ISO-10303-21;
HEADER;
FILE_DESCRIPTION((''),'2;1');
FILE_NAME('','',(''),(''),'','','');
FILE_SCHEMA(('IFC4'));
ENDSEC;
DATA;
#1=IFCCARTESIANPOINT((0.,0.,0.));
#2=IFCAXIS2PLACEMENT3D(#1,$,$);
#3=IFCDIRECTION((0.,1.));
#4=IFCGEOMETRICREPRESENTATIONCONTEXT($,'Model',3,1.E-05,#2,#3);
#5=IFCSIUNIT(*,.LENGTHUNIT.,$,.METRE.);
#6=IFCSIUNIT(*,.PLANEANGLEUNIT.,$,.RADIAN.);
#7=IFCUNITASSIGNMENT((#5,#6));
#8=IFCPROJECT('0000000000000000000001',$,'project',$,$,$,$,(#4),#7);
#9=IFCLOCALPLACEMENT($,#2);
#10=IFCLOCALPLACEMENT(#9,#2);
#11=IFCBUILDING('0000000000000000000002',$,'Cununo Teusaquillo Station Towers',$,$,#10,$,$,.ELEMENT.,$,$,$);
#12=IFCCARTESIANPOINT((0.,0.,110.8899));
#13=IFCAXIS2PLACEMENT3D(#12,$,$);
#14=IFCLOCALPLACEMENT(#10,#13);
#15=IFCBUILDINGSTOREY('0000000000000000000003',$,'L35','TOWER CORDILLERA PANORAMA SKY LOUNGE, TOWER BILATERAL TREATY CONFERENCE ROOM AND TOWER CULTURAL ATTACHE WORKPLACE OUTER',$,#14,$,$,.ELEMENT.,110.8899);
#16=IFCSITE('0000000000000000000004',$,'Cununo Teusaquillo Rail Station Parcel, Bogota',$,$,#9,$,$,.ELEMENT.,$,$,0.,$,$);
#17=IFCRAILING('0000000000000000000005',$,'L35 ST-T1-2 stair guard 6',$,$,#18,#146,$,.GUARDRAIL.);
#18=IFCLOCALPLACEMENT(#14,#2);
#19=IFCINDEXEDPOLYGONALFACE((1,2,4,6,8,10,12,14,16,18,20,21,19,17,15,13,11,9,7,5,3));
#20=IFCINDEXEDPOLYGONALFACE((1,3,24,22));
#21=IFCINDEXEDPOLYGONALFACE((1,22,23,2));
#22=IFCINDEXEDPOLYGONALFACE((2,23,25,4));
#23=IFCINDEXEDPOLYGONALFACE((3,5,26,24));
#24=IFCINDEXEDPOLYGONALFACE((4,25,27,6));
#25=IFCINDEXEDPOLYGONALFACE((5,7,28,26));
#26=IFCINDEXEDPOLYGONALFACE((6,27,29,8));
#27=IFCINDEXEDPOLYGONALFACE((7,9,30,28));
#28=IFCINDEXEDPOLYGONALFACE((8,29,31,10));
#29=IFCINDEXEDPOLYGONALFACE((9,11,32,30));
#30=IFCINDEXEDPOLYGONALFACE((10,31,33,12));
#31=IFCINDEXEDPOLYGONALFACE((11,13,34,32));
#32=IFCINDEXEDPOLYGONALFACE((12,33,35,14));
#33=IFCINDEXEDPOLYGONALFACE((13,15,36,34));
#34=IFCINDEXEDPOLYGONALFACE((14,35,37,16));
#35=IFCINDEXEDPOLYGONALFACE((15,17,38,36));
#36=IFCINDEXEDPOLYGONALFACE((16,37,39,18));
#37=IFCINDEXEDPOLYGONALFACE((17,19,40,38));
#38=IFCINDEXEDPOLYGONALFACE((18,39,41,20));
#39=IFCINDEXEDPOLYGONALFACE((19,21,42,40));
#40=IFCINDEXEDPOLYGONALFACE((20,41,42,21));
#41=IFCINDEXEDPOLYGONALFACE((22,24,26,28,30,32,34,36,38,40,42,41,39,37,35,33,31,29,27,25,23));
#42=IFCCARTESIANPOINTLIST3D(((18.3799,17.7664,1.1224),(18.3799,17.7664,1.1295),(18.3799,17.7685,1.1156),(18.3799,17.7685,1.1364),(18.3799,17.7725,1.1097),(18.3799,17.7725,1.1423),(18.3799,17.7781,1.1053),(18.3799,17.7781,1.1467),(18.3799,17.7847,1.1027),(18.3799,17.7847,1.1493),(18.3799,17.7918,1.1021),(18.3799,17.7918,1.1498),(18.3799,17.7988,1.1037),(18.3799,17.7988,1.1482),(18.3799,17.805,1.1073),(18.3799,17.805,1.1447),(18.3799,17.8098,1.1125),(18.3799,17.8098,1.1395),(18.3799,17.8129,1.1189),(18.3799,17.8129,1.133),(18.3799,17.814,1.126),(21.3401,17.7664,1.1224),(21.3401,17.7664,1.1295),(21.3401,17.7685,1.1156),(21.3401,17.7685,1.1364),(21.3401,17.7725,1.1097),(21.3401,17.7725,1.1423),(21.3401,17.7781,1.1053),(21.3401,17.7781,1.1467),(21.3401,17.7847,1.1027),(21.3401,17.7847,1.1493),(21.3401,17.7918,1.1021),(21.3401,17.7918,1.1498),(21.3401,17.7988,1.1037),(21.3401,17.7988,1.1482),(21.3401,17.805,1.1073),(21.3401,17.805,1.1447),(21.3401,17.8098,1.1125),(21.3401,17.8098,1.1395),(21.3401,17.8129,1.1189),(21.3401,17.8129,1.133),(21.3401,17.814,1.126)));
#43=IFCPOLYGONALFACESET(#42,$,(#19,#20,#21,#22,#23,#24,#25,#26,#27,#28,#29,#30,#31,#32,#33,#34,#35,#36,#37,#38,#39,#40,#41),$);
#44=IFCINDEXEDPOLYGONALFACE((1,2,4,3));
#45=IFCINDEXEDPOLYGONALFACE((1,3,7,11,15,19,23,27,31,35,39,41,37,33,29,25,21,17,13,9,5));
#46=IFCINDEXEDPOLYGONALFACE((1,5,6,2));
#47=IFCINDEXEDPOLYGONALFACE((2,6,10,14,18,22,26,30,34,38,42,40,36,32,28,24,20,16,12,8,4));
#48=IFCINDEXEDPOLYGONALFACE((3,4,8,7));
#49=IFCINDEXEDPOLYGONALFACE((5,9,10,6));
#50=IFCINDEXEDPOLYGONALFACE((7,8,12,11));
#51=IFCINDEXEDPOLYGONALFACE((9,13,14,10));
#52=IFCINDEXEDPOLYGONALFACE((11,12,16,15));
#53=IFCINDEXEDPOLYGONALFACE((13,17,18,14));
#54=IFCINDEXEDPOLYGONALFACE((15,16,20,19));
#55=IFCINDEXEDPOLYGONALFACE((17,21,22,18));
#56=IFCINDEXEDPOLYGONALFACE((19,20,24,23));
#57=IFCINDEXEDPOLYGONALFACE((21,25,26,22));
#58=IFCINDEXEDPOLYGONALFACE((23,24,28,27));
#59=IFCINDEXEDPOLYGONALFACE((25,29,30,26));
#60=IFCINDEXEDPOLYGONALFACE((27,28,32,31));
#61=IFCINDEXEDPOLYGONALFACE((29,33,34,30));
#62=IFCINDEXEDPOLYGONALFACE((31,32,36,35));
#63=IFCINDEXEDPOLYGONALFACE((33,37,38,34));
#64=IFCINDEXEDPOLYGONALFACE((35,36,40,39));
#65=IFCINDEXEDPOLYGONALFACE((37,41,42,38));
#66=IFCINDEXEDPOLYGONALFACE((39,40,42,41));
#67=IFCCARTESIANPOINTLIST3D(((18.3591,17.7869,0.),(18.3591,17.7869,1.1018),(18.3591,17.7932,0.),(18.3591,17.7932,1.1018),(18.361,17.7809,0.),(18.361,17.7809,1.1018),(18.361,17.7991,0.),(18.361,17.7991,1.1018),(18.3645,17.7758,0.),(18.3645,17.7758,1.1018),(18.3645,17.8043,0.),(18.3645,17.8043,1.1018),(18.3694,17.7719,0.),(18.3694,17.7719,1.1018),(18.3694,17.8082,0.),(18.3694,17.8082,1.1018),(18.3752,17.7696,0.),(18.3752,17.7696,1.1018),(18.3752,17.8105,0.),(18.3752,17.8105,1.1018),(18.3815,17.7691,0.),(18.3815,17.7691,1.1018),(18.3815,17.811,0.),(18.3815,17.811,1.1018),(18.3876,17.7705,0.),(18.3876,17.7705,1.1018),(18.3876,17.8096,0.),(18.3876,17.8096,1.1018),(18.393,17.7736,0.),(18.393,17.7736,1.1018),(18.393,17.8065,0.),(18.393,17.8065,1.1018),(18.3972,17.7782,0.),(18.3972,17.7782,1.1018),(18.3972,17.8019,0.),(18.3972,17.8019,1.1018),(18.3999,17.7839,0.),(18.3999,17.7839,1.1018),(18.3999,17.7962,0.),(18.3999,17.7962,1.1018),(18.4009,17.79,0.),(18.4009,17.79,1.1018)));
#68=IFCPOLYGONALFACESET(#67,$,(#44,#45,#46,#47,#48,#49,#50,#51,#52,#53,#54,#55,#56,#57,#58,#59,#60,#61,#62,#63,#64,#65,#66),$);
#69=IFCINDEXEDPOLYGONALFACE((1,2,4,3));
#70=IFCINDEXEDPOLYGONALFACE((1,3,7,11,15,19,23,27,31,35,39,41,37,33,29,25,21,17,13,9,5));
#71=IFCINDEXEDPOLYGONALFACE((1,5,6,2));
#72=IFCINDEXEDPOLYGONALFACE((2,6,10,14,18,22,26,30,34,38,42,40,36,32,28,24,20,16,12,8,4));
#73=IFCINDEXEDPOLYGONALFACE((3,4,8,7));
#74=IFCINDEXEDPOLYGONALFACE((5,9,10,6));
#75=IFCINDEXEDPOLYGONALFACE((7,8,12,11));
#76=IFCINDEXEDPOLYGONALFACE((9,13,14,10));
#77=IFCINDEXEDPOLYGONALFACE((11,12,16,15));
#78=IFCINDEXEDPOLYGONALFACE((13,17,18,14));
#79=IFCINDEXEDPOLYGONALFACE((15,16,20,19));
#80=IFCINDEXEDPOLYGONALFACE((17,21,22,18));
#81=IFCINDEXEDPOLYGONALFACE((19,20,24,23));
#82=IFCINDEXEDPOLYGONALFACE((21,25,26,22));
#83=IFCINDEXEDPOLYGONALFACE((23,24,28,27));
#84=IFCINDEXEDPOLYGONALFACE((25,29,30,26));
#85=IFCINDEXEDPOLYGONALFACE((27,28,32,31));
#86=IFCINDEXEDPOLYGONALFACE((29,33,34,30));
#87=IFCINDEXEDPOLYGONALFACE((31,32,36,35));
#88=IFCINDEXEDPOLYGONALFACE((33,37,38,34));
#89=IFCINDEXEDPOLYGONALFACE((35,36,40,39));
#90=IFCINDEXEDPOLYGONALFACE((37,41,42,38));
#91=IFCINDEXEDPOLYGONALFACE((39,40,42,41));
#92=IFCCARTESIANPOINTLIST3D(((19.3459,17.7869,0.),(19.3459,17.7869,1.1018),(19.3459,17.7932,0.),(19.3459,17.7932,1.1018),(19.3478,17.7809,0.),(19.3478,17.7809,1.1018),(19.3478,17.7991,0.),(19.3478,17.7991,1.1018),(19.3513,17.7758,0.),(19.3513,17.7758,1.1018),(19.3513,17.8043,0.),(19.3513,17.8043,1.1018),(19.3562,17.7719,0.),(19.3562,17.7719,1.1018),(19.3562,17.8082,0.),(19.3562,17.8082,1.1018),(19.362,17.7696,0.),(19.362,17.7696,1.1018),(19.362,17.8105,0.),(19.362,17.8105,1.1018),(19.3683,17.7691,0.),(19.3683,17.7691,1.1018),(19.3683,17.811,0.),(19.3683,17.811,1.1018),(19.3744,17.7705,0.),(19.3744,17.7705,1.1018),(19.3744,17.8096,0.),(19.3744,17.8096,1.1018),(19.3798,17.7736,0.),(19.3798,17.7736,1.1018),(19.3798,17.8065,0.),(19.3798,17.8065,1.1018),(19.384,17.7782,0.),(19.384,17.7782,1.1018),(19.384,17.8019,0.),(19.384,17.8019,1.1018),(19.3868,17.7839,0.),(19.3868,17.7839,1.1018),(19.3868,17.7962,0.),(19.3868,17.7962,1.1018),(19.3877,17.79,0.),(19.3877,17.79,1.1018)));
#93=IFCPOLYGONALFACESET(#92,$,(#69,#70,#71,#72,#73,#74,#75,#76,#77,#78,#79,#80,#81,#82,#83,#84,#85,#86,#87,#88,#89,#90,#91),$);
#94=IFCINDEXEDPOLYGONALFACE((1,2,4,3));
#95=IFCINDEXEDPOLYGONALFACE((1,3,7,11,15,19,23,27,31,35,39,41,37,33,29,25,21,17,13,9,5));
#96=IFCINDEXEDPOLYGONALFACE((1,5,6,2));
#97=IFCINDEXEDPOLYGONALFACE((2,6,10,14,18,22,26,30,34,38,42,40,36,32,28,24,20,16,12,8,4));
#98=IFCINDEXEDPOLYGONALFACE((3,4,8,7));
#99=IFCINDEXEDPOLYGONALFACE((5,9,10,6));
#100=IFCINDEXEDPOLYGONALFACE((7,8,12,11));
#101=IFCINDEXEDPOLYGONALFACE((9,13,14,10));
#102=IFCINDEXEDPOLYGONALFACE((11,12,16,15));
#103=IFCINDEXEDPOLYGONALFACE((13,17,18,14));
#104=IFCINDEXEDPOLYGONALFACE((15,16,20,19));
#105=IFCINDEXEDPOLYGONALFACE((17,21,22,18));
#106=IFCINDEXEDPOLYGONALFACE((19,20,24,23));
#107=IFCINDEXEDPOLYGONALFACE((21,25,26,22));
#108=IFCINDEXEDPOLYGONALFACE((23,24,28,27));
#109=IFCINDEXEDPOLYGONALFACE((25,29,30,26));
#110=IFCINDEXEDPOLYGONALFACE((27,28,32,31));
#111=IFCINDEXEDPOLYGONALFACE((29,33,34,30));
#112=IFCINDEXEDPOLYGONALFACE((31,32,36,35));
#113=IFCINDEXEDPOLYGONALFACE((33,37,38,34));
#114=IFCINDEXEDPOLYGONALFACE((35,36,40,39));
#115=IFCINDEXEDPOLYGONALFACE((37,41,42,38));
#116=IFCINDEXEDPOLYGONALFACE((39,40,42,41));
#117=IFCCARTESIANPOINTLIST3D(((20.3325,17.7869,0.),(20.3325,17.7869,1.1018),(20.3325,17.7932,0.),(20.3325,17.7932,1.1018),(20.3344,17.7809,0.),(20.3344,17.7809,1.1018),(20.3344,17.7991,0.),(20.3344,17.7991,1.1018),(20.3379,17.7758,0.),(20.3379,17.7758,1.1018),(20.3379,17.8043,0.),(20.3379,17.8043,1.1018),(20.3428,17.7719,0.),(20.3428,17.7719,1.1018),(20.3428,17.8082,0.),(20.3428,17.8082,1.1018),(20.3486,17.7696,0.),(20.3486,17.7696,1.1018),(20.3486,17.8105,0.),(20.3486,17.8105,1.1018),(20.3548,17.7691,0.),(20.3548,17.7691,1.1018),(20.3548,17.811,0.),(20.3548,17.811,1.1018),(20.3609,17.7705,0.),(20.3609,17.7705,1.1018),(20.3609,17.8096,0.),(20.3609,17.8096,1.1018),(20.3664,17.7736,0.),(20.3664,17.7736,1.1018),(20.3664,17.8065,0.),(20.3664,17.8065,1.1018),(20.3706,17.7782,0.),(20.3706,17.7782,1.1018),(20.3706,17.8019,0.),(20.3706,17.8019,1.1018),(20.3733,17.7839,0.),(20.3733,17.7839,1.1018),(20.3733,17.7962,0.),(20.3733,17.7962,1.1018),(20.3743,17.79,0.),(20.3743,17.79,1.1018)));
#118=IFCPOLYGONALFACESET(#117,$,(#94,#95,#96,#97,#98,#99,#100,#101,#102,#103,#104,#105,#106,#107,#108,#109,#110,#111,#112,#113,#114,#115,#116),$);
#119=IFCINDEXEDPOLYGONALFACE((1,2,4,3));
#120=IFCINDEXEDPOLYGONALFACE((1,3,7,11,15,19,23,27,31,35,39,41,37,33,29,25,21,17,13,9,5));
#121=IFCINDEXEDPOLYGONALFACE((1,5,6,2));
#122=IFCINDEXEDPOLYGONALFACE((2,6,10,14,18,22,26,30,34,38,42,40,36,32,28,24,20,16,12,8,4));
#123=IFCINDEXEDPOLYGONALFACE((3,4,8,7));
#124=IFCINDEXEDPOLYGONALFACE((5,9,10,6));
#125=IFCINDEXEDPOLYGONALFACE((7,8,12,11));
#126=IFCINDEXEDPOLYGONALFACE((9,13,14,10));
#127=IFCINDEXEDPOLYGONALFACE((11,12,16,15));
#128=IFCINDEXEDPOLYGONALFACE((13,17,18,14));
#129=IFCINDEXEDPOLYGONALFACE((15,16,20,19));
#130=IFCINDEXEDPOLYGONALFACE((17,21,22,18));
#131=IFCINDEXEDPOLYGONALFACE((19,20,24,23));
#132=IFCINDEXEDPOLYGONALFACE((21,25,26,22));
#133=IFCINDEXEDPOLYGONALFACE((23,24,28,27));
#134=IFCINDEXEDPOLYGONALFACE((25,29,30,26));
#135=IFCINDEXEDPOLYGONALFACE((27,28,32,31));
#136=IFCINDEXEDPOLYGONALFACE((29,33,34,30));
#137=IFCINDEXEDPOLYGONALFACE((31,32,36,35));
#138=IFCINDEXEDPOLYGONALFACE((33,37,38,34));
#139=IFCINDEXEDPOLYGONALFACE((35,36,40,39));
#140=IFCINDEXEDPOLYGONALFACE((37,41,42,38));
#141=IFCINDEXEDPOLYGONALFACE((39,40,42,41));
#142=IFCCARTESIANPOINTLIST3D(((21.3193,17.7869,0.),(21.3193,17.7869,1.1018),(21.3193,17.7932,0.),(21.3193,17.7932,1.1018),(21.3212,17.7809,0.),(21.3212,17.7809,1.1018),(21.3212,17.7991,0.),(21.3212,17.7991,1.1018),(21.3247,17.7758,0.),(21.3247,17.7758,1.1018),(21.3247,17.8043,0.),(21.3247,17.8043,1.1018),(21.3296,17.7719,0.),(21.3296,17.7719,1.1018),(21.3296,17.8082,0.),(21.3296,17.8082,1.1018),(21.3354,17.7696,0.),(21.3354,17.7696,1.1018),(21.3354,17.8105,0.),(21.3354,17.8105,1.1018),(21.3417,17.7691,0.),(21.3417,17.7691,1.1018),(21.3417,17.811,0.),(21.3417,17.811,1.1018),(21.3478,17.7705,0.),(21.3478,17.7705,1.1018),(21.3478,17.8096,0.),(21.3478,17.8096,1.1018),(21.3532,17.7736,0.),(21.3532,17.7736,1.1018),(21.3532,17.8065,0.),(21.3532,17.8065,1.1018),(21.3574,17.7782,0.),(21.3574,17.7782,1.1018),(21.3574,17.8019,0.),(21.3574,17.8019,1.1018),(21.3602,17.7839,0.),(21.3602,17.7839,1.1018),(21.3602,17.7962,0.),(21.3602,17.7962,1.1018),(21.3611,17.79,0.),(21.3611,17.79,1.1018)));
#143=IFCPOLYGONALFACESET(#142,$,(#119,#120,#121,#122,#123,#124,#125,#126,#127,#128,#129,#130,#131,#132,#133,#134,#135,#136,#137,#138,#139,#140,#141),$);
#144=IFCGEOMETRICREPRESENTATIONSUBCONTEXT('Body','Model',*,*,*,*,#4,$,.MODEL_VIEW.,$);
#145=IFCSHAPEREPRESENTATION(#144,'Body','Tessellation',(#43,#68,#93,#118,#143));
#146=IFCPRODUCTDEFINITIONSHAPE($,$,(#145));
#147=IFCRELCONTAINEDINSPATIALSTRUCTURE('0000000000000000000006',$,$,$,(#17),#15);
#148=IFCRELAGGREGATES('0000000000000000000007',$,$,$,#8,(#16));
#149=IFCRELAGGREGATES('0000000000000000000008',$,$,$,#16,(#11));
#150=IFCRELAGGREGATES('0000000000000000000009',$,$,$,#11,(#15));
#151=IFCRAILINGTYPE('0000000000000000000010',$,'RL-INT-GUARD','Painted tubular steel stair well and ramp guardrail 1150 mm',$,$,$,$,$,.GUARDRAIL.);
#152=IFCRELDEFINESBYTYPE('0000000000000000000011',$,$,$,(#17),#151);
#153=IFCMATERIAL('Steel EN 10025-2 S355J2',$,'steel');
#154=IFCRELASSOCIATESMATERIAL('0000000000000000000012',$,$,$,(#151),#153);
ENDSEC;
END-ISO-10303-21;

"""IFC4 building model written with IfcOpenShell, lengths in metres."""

from ifc_helpers import new_model, si_unit, direction, frame, origin, origin_2d, place, context, subcontext, project, spatial, circle, extrude, material, type_object, element, save


model = new_model("IFC4")

# Units and contexts
model_context = context("Model", 3, precision=1e-05, world=origin(), true_north=direction((0.0, 1.0)))
body_context = subcontext(model_context, "Body", "Model", "MODEL_VIEW")
ifc_project = project(units=[si_unit("LENGTHUNIT", "METRE"), si_unit("PLANEANGLEUNIT", "RADIAN")], contexts=[model_context])

# Site, building, storey
site_placement = place(None, origin())
site = spatial("IfcSite", under=ifc_project, at=site_placement, Name="Cununo Teusaquillo Rail Station Parcel, Bogota", CompositionType="ELEMENT", RefElevation=0.0)
building_placement = place(site_placement, origin())
building = spatial("IfcBuilding", under=site, at=building_placement, Name="Cununo Teusaquillo Station Towers", CompositionType="ELEMENT")
storey_placement = place(building_placement, frame((0.0, 0.0, 110.8899)))
storey = spatial("IfcBuildingStorey", under=building, at=storey_placement, Name="L35", Description="TOWER CORDILLERA PANORAMA SKY LOUNGE, TOWER BILATERAL TREATY CONFERENCE ROOM AND TOWER CULTURAL ATTACHE WORKPLACE OUTER", CompositionType="ELEMENT", Elevation=110.8899)

# Railing
ifc_material_1 = material(Name="Steel EN 10025-2 S355J2", Category="steel")
railing_type_1 = type_object("IfcRailingType", Name="RL-INT-GUARD", Description="Painted tubular steel stair well and ramp guardrail 1150 mm", PredefinedType="GUARDRAIL", material=ifc_material_1)
railing_1_placement = place(storey_placement, frame((18.3799, 17.79, 0.0)))
element("IfcRailing", 1, at=railing_1_placement, inside=storey, type_object=railing_type_1, Name="L35 ST-T1-2 stair guard 6", PredefinedType="GUARDRAIL", context=body_context, shape_type="SweptSolid", body=[
    extrude(circle(Radius=0.0239, at=origin_2d()), frame((0.0, 0.0, 1.126), z_axis=(1.0, 0.0, 0.0), x_axis=(0.0, 1.0, 0.0)), (0.0, 0.0, 1.0), 2.9602),
    extrude(circle(Radius=0.021, at=origin_2d()), origin(), (0.0, 0.0, 1.0), 1.1018),
    extrude(circle(Radius=0.021, at=origin_2d()), frame((0.9868, 0.0, 0.0)), (0.0, 0.0, 1.0), 1.1018),
    extrude(circle(Radius=0.021, at=origin_2d()), frame((1.9734, 0.0, 0.0)), (0.0, 0.0, 1.0), 1.1018),
    extrude(circle(Radius=0.021, at=origin_2d()), frame((2.9602, 0.0, 0.0)), (0.0, 0.0, 1.0), 1.1018),
])

save(model, "model.ifc")
